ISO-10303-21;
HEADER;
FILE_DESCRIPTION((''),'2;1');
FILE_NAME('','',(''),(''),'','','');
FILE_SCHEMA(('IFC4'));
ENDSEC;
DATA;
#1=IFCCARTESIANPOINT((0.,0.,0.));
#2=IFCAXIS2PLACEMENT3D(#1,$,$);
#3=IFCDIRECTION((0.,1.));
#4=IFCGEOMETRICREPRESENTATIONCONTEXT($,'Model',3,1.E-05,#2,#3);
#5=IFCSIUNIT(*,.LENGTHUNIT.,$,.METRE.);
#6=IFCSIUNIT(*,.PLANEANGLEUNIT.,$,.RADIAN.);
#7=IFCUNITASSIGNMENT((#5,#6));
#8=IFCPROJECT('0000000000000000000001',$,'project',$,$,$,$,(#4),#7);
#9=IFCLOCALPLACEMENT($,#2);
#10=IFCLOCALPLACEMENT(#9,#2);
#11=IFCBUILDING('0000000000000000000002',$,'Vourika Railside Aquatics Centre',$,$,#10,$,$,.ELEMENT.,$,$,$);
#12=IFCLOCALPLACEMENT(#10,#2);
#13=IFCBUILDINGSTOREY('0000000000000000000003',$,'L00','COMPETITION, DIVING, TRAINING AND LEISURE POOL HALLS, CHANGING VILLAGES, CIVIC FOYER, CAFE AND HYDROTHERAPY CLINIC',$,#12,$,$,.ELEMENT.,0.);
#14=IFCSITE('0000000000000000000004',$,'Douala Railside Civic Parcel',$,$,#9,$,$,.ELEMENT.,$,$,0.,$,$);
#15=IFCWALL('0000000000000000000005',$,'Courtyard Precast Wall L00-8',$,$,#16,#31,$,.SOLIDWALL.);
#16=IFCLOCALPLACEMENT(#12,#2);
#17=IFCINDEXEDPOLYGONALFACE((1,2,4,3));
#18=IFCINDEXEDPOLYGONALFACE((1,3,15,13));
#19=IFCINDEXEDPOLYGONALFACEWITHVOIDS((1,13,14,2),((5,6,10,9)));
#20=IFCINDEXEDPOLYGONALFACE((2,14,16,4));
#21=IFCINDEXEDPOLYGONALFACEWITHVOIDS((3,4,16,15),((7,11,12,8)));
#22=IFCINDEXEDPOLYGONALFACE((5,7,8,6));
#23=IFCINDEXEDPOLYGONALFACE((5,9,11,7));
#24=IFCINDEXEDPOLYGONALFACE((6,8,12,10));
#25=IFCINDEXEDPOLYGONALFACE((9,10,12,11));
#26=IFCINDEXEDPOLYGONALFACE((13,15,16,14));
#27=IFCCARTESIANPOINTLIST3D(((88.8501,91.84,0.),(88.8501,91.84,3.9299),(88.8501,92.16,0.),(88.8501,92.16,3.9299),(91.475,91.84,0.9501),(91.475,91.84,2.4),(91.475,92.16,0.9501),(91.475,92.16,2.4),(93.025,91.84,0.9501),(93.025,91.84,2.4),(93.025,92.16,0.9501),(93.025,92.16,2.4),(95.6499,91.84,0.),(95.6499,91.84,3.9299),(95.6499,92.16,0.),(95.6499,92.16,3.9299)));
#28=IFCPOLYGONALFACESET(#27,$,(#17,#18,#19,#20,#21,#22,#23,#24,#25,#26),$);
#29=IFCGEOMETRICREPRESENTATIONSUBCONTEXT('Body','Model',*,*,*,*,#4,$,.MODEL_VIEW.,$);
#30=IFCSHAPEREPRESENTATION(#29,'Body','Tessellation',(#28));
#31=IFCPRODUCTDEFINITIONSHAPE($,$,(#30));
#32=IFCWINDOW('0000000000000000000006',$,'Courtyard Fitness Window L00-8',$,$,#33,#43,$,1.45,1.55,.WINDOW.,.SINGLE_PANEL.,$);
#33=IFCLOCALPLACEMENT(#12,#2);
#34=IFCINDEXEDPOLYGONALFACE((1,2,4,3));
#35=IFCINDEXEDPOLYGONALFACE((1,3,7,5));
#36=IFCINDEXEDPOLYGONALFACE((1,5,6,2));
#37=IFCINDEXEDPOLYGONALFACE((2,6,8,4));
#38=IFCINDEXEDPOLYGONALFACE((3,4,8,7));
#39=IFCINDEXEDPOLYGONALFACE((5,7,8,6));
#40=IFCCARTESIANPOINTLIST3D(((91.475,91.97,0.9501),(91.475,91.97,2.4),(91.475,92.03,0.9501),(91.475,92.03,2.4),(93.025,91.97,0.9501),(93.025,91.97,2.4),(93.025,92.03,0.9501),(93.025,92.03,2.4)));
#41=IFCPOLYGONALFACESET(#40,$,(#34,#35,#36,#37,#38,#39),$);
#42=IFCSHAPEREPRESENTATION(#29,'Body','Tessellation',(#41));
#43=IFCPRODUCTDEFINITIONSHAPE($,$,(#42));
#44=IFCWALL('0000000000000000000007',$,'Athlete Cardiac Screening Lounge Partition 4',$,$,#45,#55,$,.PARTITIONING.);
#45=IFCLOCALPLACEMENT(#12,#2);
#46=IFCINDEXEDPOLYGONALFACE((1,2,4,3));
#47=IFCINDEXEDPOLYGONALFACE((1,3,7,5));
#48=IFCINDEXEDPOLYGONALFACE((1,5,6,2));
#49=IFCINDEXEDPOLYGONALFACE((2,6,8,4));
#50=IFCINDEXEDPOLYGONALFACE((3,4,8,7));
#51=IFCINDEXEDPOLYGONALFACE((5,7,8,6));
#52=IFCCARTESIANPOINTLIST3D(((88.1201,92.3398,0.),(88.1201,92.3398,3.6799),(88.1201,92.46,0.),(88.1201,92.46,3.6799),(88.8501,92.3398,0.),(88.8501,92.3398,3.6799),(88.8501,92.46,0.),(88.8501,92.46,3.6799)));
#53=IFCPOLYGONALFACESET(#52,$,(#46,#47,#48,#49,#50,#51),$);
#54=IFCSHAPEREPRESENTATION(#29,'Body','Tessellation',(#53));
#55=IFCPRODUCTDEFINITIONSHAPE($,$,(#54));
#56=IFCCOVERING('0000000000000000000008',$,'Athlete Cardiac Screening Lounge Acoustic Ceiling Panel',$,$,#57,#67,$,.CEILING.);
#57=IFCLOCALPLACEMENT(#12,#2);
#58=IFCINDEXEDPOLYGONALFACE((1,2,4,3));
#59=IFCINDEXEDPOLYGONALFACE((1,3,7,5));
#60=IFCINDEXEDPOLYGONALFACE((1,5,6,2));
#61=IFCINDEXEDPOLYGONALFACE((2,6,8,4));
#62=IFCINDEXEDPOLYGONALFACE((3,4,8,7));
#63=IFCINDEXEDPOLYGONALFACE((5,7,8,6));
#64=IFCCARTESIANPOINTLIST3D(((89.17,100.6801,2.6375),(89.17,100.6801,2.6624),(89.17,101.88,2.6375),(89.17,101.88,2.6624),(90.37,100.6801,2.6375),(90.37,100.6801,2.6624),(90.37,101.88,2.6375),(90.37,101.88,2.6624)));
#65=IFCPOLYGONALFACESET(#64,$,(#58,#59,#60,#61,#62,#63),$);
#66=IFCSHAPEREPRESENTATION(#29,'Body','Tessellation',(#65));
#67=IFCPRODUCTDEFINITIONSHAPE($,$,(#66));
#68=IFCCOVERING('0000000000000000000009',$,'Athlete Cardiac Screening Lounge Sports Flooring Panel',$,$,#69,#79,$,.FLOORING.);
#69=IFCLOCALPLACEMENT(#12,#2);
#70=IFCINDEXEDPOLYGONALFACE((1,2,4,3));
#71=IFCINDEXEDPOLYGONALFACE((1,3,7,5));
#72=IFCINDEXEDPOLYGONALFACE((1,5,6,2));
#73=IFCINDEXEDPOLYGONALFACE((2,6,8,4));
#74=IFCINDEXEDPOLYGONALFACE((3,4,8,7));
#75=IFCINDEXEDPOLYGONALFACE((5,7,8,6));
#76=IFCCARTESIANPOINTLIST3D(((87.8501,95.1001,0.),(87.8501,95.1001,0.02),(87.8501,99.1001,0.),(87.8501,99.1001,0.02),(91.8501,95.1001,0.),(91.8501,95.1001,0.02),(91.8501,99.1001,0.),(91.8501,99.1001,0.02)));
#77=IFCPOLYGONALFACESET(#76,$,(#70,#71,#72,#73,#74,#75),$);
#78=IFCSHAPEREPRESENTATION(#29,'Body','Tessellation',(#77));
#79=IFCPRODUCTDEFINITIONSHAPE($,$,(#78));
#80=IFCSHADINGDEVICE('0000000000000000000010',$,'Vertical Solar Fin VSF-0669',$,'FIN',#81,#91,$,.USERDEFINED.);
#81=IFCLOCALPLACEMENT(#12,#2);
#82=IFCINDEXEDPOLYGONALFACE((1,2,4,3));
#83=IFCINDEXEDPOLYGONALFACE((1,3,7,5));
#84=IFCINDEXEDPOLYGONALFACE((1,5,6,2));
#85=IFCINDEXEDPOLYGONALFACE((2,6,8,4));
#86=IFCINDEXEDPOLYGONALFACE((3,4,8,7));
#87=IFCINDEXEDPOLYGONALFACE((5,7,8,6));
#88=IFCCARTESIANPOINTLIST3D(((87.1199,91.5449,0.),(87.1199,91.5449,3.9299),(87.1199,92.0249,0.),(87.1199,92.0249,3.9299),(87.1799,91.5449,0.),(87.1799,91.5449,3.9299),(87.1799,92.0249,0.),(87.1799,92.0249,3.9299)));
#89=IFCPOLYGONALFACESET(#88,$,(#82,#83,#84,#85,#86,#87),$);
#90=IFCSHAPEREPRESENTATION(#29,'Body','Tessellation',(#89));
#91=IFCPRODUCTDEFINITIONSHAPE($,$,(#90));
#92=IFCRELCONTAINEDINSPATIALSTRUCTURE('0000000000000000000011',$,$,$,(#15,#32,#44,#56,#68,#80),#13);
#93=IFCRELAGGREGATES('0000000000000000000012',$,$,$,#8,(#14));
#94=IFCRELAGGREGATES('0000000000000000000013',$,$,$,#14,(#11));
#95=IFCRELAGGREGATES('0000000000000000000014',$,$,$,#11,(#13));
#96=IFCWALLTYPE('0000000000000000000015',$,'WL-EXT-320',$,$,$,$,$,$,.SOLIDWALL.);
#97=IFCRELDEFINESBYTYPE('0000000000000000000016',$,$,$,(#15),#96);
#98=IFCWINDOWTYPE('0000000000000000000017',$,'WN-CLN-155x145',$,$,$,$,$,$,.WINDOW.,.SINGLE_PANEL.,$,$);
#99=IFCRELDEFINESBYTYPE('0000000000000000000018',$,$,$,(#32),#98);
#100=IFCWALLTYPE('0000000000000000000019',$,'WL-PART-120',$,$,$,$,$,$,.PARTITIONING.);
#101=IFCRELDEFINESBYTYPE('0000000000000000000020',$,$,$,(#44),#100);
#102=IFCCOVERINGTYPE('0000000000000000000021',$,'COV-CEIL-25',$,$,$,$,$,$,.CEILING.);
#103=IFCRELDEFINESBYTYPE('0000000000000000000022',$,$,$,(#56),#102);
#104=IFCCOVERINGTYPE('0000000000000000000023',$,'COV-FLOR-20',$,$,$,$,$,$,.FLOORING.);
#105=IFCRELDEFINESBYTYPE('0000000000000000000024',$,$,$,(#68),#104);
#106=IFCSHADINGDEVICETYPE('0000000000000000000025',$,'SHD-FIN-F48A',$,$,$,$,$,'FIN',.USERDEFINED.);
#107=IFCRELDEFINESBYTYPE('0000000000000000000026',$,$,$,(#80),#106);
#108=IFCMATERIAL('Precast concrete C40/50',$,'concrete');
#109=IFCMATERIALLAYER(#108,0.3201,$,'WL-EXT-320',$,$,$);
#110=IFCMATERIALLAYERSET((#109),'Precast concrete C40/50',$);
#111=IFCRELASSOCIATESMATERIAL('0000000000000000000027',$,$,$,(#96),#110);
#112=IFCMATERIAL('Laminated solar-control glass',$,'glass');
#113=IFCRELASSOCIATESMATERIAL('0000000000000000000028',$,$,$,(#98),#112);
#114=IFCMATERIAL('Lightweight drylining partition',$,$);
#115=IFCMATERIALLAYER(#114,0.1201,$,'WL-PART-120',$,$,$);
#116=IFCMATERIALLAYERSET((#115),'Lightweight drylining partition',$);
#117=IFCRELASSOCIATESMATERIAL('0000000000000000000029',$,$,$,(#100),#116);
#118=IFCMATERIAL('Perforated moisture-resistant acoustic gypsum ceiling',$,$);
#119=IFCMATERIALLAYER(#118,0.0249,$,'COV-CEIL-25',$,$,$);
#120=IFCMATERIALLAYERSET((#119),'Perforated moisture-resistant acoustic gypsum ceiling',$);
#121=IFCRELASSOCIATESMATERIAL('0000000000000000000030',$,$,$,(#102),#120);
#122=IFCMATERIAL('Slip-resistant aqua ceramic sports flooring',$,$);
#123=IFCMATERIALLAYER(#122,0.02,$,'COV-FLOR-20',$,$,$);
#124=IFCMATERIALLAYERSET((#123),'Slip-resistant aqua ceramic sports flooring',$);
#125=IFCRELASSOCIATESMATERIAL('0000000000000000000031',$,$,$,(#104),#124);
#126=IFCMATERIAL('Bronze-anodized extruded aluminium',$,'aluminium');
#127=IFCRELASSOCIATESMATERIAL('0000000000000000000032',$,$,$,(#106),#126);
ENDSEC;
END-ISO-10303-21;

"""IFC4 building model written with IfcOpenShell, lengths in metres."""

from ifc_helpers import new_model, si_unit, direction, frame, frame_2d, origin, origin_2d, place, context, subcontext, project, spatial, rectangle, extrude, material, layer, layer_set, material_profile, profile_set, type_object, element, fill, save


model = new_model("IFC4")

# Units and contexts
model_context = context("Model", 3, precision=1e-05, world=origin(), true_north=direction((0.0, 1.0)))
body_context = subcontext(model_context, "Body", "Model", "MODEL_VIEW")
ifc_project = project(units=[si_unit("LENGTHUNIT", "METRE"), si_unit("PLANEANGLEUNIT", "RADIAN")], contexts=[model_context])

# Site, building, storey
site_placement = place(None, origin())
site = spatial("IfcSite", under=ifc_project, at=site_placement, Name="Douala Railside Civic Parcel", CompositionType="ELEMENT", RefElevation=0.0)
building_placement = place(site_placement, origin())
building = spatial("IfcBuilding", under=site, at=building_placement, Name="Vourika Railside Aquatics Centre", CompositionType="ELEMENT")
storey_placement = place(building_placement, origin())
storey = spatial("IfcBuildingStorey", under=building, at=storey_placement, Name="L00", Description="COMPETITION, DIVING, TRAINING AND LEISURE POOL HALLS, CHANGING VILLAGES, CIVIC FOYER, CAFE AND HYDROTHERAPY CLINIC", CompositionType="ELEMENT", Elevation=0.0)

# Wall, opening, window
ifc_material_1 = material(Name="Precast concrete C40/50", Category="concrete")
ifc_layer_1 = layer(ifc_material_1, 0.3201, Name="WL-EXT-320")
ifc_layer_set_1 = layer_set([ifc_layer_1], Name="Precast concrete C40/50")
wall_type_1 = type_object("IfcWallType", Name="WL-EXT-320", PredefinedType="SOLIDWALL", material=ifc_layer_set_1)
wall_1_placement = place(storey_placement, frame((88.8501, 92.0, 0.0), z_axis=(0.0, 0.0, 1.0), x_axis=(1.0, 0.0, 0.0)))
wall_1 = element("IfcWall", 1, at=wall_1_placement, inside=storey, type_object=wall_type_1, Name="Courtyard Precast Wall L00-8", PredefinedType="SOLIDWALL", context=body_context, shape_type="SweptSolid", body=[
    extrude(rectangle(XDim=6.7998, YDim=0.3201, at=frame_2d((3.3999, 0.0))), origin(), (0.0, 0.0, 1.0), 3.9299),
])
opening_placement = place(wall_1_placement, frame((2.625, 0.0, 0.95)))
opening = element("IfcOpeningElement", 2, at=opening_placement, cuts=wall_1, PredefinedType="OPENING", context=body_context, shape_type="SweptSolid", body=[
    extrude(rectangle(XDim=1.55, YDim=1.45, at=frame_2d((0.7749, 0.7251))), frame((0.0, 0.1699, 0.0), z_axis=(0.0, -1.0, 0.0), x_axis=(1.0, 0.0, 0.0)), (0.0, 0.0, 1.0), 0.3401),
])
ifc_material_2 = material(Name="Laminated solar-control glass", Category="glass")
window_type = type_object("IfcWindowType", Name="WN-CLN-155x145", PartitioningType="SINGLE_PANEL", PredefinedType="WINDOW", material=ifc_material_2)
window_placement = place(opening_placement, origin())
window = element("IfcWindow", 3, at=window_placement, inside=storey, type_object=window_type, Name="Courtyard Fitness Window L00-8", OverallHeight=1.45, OverallWidth=1.55, PartitioningType="SINGLE_PANEL", PredefinedType="WINDOW", context=body_context, shape_type="SweptSolid", body=[
    extrude(rectangle(XDim=1.55, YDim=1.45, at=frame_2d((0.7749, 0.7251))), frame((0.0, 0.03, 0.0), z_axis=(0.0, -1.0, 0.0), x_axis=(1.0, 0.0, 0.0)), (0.0, 0.0, 1.0), 0.0601),
])
fill(opening, window)

# Wall
ifc_material_3 = material(Name="Lightweight drylining partition")
ifc_layer_2 = layer(ifc_material_3, 0.1201, Name="WL-PART-120")
ifc_layer_set_2 = layer_set([ifc_layer_2], Name="Lightweight drylining partition")
wall_type_2 = type_object("IfcWallType", Name="WL-PART-120", PredefinedType="PARTITIONING", material=ifc_layer_set_2)
wall_2_placement = place(storey_placement, frame((88.8501, 92.3999, 0.0), z_axis=(0.0, 0.0, 1.0), x_axis=(-1.0, 0.0, 0.0)))
element("IfcWall", 4, at=wall_2_placement, inside=storey, type_object=wall_type_2, Name="Athlete Cardiac Screening Lounge Partition 4", PredefinedType="PARTITIONING", context=body_context, shape_type="SweptSolid", body=[
    extrude(rectangle(XDim=0.73, YDim=0.1201, at=frame_2d((0.365, 0.0))), origin(), (0.0, 0.0, 1.0), 3.6799),
])

# Coverings
ifc_material_4 = material(Name="Perforated moisture-resistant acoustic gypsum ceiling")
ifc_layer_3 = layer(ifc_material_4, 0.0249, Name="COV-CEIL-25")
ifc_layer_set_3 = layer_set([ifc_layer_3], Name="Perforated moisture-resistant acoustic gypsum ceiling")
covering_type_1 = type_object("IfcCoveringType", Name="COV-CEIL-25", PredefinedType="CEILING", material=ifc_layer_set_3)
covering_1_placement = place(storey_placement, frame((89.77, 101.28, 2.6375), z_axis=(0.0, 0.0, 1.0), x_axis=(1.0, 0.0, 0.0)))
element("IfcCovering", 5, at=covering_1_placement, inside=storey, type_object=covering_type_1, Name="Athlete Cardiac Screening Lounge Acoustic Ceiling Panel", PredefinedType="CEILING", context=body_context, shape_type="SweptSolid", body=[
    extrude(rectangle(XDim=1.2, YDim=1.2, at=origin_2d()), origin(), (0.0, 0.0, 1.0), 0.0249),
])
ifc_material_5 = material(Name="Slip-resistant aqua ceramic sports flooring")
ifc_layer_4 = layer(ifc_material_5, 0.02, Name="COV-FLOR-20")
ifc_layer_set_4 = layer_set([ifc_layer_4], Name="Slip-resistant aqua ceramic sports flooring")
covering_type_2 = type_object("IfcCoveringType", Name="COV-FLOR-20", PredefinedType="FLOORING", material=ifc_layer_set_4)
covering_2_placement = place(storey_placement, frame((89.8501, 97.1001, 0.0), z_axis=(0.0, 0.0, 1.0), x_axis=(1.0, 0.0, 0.0)))
element("IfcCovering", 6, at=covering_2_placement, inside=storey, type_object=covering_type_2, Name="Athlete Cardiac Screening Lounge Sports Flooring Panel", PredefinedType="FLOORING", context=body_context, shape_type="SweptSolid", body=[
    extrude(rectangle(XDim=4.0, YDim=4.0, at=origin_2d()), origin(), (0.0, 0.0, 1.0), 0.02),
])

# Shading device
ifc_material_6 = material(Name="Bronze-anodized extruded aluminium", Category="aluminium")
ifc_material_profile_1 = material_profile(ifc_material_6, rectangle(XDim=0.0601, YDim=0.48, at=origin_2d()), Name="ALU-FIN 60x480")
ifc_profile_set_1 = profile_set([ifc_material_profile_1], Name="Bronze-anodized extruded aluminium")
shading_device_type = type_object("IfcShadingDeviceType", Name="SHD-FIN-F48A", ElementType="FIN", PredefinedType="USERDEFINED", material=ifc_profile_set_1)
shading_device_placement = place(storey_placement, frame((87.1499, 91.7849, 0.0), z_axis=(0.0, 0.0, 1.0), x_axis=(-1.0, 0.0, 0.0)))
element("IfcShadingDevice", 7, at=shading_device_placement, inside=storey, type_object=shading_device_type, Name="Vertical Solar Fin VSF-0669", ObjectType="FIN", PredefinedType="USERDEFINED", context=body_context, shape_type="SweptSolid", body=[
    extrude(rectangle(XDim=0.0601, YDim=0.48, at=origin_2d()), origin(), (0.0, 0.0, 1.0), 3.9299),
])

save(model, "model.ifc")
